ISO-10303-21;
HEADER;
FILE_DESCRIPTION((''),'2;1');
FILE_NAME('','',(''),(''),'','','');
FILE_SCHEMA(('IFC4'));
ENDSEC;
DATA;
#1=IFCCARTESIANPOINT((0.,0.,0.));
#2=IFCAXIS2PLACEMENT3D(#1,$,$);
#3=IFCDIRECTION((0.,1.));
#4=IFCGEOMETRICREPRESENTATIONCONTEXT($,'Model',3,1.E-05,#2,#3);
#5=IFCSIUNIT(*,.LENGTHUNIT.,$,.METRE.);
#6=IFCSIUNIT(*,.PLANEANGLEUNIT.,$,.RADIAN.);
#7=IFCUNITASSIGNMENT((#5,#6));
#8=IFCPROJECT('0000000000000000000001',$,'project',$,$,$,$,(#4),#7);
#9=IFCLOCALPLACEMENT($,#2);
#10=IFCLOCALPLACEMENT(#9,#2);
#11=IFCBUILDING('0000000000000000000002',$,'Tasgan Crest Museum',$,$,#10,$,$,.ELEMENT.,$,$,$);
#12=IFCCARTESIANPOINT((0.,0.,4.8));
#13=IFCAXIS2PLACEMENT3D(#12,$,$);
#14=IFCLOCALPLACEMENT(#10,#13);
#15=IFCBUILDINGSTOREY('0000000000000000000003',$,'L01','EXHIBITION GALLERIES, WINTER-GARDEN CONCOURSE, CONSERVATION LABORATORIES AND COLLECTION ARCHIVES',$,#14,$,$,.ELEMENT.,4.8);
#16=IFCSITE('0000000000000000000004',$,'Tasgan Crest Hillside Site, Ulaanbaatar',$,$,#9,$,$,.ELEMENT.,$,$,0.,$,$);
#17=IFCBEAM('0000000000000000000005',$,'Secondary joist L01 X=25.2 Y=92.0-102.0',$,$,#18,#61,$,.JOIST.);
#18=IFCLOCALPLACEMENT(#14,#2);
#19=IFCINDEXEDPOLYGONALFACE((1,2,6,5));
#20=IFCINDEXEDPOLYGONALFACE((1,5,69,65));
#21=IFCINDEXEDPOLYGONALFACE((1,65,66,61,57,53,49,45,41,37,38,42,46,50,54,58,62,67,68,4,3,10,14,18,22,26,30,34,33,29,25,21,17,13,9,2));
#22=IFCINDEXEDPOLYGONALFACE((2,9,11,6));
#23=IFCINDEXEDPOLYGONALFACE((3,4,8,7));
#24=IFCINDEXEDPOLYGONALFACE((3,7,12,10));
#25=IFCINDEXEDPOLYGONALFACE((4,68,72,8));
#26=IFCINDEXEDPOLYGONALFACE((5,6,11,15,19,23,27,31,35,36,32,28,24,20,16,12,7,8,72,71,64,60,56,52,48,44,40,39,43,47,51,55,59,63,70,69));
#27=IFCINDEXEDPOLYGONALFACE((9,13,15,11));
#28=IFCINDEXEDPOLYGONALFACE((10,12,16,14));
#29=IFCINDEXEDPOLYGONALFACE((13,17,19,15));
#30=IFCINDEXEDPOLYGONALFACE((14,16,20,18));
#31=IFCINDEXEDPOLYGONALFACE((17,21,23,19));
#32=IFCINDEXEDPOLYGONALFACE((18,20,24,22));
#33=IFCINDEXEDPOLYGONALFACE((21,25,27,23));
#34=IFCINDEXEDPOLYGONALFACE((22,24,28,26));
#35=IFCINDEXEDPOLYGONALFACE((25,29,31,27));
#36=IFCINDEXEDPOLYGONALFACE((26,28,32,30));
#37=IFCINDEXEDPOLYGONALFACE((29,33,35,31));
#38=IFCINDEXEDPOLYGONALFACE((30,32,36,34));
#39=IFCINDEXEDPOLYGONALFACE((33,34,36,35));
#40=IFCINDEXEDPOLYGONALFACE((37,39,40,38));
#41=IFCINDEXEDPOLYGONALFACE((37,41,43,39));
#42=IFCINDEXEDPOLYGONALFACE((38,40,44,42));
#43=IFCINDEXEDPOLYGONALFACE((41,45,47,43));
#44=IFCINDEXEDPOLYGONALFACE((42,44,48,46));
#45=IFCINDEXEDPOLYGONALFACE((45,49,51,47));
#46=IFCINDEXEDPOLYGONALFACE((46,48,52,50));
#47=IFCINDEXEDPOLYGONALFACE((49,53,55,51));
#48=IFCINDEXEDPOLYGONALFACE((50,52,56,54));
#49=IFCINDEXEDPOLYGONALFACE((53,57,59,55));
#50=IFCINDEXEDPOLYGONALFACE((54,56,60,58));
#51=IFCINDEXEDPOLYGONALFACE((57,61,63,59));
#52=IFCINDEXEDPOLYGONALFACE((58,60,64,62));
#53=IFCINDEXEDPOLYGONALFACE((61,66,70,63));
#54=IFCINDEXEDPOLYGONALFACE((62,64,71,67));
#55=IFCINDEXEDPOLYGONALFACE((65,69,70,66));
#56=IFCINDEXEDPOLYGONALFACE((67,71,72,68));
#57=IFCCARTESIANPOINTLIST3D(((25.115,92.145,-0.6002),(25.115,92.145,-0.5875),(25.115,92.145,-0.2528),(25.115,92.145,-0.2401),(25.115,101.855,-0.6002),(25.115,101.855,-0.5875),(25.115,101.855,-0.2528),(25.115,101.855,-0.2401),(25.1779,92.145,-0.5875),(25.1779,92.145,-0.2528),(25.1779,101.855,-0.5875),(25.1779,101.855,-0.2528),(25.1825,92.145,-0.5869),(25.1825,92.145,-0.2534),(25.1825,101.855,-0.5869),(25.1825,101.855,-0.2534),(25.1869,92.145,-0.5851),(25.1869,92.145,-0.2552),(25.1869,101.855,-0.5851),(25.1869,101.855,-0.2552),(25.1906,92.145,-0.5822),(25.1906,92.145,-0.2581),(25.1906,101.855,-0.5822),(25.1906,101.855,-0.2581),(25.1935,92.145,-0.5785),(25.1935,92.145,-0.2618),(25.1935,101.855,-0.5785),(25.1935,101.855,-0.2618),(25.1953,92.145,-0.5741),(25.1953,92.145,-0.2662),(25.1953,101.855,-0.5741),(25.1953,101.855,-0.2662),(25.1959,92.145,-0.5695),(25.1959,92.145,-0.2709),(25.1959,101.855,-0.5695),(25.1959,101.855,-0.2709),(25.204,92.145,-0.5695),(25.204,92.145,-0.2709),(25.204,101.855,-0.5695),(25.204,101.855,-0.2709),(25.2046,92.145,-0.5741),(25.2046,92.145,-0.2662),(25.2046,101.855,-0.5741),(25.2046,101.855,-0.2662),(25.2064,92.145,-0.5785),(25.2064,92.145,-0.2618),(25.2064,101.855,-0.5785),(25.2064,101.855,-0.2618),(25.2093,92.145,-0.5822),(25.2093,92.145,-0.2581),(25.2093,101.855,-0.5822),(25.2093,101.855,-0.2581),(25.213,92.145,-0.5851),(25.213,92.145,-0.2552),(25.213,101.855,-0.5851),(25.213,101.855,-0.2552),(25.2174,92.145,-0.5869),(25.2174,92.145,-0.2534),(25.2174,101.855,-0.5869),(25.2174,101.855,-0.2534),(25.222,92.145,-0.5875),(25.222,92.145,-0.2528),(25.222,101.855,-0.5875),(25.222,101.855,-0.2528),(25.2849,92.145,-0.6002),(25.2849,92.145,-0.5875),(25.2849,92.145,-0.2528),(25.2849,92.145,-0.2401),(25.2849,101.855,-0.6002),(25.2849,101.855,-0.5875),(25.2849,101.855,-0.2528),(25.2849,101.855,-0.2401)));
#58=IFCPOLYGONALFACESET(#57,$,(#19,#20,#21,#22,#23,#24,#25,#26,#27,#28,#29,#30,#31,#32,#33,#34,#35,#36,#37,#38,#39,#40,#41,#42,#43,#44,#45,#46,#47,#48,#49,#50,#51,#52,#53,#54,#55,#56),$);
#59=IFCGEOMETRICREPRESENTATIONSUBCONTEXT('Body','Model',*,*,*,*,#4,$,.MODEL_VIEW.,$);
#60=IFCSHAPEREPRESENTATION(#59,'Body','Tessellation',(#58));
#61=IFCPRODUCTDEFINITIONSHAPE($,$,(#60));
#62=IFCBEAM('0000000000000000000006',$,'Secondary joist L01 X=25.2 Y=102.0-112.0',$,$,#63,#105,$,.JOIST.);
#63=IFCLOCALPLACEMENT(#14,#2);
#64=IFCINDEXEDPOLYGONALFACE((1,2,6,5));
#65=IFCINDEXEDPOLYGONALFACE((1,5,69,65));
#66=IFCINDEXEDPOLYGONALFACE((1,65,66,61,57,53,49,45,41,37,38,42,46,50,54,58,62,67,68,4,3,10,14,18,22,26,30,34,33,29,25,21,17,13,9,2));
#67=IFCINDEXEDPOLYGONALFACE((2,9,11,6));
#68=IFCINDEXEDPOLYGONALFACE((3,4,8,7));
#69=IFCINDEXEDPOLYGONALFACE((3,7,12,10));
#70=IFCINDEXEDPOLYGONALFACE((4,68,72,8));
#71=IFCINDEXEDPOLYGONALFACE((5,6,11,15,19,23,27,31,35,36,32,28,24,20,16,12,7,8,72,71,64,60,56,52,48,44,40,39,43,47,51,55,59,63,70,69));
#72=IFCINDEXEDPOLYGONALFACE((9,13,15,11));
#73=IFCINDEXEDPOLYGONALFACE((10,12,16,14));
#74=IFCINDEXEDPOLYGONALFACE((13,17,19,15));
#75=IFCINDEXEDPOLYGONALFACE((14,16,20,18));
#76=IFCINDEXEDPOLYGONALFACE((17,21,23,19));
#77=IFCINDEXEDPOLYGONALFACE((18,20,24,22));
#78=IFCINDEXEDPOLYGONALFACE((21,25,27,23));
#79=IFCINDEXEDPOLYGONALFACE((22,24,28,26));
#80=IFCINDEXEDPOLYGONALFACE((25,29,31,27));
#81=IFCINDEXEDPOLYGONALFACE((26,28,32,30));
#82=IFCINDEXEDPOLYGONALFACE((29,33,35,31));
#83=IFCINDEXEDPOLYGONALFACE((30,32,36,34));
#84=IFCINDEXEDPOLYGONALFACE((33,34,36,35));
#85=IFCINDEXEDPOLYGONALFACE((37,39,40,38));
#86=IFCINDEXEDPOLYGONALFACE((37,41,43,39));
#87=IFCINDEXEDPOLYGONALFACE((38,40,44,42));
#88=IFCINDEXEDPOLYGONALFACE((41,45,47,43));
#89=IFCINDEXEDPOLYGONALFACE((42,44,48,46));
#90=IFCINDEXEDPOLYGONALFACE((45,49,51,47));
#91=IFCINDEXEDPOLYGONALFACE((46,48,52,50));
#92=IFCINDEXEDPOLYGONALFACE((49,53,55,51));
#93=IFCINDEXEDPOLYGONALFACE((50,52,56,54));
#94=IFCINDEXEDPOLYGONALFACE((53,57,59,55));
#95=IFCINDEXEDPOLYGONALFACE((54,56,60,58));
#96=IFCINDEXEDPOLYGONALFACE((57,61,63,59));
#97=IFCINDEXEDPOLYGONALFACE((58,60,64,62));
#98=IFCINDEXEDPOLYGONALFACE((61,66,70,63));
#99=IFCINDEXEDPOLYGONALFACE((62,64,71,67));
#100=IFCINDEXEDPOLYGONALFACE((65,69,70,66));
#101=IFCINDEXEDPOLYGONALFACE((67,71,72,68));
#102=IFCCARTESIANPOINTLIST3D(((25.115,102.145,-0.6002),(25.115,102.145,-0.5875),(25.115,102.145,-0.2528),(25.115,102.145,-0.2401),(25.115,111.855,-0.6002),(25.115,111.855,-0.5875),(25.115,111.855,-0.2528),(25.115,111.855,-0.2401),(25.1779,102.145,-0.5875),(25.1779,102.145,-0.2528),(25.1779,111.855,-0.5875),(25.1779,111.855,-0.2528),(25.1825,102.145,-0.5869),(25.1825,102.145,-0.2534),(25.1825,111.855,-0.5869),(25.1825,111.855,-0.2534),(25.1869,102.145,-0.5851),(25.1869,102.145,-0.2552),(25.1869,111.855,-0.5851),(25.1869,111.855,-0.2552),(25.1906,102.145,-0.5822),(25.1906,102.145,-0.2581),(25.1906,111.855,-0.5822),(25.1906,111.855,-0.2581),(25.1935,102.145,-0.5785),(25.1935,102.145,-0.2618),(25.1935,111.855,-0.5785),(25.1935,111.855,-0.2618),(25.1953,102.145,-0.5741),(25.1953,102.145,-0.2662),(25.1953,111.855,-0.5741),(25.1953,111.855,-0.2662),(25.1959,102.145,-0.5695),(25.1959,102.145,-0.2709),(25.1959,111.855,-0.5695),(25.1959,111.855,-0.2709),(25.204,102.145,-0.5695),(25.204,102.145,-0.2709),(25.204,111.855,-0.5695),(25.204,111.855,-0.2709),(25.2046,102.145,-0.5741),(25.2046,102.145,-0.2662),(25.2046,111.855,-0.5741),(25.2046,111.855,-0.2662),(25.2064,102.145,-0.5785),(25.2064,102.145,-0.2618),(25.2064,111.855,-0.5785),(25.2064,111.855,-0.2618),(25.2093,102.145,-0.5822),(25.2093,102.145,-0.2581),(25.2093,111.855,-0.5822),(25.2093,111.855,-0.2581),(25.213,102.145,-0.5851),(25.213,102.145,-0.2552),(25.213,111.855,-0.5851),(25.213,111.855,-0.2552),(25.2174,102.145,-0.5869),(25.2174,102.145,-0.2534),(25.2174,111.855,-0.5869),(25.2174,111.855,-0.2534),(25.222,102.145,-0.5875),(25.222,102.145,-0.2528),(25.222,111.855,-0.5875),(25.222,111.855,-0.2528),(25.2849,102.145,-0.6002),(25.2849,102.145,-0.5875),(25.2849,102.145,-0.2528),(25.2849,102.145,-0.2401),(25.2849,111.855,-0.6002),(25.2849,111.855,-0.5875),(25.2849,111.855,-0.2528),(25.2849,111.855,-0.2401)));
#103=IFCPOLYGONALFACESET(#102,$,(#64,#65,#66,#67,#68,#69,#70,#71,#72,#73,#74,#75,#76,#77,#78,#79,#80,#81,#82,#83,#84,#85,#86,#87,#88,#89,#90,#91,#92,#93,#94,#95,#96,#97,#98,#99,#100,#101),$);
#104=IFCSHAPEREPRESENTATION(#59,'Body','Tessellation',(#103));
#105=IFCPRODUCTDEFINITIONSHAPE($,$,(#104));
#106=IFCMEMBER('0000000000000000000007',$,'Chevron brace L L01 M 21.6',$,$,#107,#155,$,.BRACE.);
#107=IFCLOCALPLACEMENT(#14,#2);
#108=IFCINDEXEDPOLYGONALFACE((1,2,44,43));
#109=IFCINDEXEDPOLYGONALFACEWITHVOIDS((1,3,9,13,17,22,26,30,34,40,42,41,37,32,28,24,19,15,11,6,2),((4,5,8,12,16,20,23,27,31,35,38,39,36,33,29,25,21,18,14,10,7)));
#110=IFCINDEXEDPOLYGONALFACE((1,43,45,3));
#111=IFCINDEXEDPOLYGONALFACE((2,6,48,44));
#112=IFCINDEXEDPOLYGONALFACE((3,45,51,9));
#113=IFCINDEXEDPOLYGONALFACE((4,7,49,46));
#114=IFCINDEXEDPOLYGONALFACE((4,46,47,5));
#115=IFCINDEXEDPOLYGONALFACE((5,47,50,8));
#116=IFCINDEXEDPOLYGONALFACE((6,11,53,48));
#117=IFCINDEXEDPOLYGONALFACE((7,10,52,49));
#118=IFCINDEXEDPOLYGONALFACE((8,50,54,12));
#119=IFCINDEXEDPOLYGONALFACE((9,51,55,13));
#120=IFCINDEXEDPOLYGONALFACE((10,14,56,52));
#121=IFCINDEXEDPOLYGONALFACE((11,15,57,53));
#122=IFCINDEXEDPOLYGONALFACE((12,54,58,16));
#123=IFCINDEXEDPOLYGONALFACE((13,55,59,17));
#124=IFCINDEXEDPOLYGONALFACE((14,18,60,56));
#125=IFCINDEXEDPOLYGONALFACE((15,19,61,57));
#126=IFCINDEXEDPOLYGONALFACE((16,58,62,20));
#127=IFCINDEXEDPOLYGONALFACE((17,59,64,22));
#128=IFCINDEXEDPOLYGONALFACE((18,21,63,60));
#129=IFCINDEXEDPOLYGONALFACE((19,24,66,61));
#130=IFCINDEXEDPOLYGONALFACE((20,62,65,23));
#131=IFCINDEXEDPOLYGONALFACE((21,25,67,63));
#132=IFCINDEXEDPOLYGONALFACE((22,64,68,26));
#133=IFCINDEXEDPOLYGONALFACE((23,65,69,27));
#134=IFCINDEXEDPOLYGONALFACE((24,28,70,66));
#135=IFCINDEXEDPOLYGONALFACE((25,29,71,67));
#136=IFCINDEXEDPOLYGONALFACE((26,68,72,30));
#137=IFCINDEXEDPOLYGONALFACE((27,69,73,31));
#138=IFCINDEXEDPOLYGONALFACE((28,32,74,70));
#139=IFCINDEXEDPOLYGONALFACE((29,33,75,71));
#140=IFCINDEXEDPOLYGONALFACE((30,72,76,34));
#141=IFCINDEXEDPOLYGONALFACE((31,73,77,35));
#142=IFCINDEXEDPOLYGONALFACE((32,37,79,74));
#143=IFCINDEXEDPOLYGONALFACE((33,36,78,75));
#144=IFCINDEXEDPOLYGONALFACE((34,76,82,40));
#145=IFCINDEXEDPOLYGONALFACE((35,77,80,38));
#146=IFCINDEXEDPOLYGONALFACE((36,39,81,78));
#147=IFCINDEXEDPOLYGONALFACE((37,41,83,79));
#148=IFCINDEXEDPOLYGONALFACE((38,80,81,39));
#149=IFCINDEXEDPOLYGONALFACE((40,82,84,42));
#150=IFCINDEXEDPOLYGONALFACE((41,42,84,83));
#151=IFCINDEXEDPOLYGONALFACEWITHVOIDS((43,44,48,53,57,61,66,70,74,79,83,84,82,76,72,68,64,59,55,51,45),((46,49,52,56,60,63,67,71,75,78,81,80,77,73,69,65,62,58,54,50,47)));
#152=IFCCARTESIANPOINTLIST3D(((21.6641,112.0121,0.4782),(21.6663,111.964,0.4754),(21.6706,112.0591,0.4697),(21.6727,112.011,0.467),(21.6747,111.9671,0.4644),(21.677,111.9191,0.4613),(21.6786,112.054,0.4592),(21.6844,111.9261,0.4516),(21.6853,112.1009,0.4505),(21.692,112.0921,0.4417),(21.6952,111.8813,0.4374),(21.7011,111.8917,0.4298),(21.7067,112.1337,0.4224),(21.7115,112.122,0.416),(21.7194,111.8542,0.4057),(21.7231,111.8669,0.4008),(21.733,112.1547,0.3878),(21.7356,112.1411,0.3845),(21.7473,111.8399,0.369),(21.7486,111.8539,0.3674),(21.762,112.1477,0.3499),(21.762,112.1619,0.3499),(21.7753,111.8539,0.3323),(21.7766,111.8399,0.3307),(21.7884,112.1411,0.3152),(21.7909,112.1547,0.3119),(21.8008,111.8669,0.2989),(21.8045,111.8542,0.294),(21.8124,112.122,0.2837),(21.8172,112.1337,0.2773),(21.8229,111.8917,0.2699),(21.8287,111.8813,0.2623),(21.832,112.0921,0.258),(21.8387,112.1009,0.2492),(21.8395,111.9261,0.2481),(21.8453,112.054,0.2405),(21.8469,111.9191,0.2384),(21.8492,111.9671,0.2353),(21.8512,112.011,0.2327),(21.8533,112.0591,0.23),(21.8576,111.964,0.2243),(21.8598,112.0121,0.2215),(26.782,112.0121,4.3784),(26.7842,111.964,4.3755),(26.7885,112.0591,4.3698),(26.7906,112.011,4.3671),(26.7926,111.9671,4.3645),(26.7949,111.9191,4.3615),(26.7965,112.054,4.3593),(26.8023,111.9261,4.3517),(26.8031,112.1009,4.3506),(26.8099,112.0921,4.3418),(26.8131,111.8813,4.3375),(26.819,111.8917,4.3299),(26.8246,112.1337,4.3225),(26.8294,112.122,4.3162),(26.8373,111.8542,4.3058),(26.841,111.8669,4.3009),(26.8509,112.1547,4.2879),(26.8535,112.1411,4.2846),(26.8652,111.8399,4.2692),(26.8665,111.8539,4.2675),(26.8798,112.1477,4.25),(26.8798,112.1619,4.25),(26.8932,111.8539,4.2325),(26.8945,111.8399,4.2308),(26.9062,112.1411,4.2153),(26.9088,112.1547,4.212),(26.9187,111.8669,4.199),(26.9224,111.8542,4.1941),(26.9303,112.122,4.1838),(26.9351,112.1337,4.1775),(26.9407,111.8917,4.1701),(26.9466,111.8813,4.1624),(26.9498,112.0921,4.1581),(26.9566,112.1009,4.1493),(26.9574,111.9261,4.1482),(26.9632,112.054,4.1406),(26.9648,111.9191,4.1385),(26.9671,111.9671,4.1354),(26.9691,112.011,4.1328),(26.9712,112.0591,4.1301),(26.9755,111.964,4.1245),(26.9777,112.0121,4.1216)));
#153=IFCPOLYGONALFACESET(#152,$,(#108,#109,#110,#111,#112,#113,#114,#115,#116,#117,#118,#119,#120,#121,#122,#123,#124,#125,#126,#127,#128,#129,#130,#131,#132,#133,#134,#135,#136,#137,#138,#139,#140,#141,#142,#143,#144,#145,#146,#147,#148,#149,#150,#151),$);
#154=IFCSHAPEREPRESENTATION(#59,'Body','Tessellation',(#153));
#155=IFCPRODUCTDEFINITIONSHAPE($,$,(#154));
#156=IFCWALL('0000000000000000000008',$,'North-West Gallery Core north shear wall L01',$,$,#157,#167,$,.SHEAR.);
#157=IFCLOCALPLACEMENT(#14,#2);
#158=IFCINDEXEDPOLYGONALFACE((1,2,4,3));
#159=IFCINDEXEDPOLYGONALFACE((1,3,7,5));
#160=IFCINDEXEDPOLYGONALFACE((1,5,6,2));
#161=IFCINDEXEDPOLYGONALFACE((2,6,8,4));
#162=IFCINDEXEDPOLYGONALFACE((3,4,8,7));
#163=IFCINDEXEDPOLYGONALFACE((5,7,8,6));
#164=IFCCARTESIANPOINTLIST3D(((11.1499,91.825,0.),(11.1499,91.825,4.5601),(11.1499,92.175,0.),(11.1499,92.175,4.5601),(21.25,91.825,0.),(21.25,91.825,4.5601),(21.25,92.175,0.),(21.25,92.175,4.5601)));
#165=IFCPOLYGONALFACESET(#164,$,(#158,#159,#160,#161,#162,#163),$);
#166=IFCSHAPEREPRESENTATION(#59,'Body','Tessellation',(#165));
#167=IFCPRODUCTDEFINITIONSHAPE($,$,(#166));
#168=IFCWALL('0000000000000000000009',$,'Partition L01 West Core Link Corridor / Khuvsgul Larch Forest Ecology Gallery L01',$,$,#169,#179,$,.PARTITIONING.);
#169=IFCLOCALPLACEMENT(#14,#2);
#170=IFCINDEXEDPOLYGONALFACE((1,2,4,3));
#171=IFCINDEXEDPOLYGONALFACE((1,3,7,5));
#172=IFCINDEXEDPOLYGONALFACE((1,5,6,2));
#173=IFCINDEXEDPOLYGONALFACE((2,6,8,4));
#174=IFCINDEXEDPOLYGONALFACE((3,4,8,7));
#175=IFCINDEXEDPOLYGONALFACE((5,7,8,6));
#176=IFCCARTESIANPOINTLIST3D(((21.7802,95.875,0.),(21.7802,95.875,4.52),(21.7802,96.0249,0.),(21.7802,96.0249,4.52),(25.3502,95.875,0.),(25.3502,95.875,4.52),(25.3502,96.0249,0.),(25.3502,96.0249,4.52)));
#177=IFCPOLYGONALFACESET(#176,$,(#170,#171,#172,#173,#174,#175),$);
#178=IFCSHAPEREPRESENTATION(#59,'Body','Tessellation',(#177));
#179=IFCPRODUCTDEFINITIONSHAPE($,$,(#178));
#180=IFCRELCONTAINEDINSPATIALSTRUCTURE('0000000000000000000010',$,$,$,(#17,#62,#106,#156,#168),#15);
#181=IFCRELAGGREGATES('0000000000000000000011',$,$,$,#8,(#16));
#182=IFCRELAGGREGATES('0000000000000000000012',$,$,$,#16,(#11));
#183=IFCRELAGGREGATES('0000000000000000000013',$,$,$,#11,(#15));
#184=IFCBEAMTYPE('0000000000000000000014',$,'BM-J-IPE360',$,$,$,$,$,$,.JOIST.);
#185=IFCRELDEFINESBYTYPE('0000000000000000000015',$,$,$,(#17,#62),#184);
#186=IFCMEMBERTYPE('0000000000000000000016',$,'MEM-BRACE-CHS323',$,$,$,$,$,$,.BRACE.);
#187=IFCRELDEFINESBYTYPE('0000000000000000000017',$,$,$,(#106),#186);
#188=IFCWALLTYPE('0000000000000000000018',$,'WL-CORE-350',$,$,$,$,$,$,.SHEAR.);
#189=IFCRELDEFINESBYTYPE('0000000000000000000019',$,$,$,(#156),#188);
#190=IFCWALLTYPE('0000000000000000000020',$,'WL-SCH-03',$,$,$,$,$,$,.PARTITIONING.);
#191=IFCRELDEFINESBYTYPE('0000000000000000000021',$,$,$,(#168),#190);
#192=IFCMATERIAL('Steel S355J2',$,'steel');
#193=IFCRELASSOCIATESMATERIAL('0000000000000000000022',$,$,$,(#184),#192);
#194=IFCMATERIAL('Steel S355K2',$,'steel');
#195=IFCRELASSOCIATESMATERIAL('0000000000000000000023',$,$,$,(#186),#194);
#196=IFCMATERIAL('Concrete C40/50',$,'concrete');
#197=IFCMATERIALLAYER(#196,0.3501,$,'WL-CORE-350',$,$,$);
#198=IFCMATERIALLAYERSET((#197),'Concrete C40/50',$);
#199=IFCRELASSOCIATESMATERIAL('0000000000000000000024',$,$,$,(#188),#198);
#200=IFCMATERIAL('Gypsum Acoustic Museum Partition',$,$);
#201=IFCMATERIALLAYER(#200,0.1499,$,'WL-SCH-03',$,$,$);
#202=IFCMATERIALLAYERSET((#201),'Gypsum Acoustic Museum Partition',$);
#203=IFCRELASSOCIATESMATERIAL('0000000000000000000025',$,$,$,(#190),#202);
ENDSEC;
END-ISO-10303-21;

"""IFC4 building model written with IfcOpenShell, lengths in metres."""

from ifc_helpers import new_model, si_unit, direction, frame, frame_2d, origin, origin_2d, place, context, subcontext, project, spatial, rectangle, hollow_circle, i_section, extrude, material, layer, layer_set, material_profile, profile_set, type_object, element, save


model = new_model("IFC4")

# Units and contexts
model_context = context("Model", 3, precision=1e-05, world=origin(), true_north=direction((0.0, 1.0)))
body_context = subcontext(model_context, "Body", "Model", "MODEL_VIEW")
ifc_project = project(units=[si_unit("LENGTHUNIT", "METRE"), si_unit("PLANEANGLEUNIT", "RADIAN")], contexts=[model_context])

# Site, building, storey
site_placement = place(None, origin())
site = spatial("IfcSite", under=ifc_project, at=site_placement, Name="Tasgan Crest Hillside Site, Ulaanbaatar", CompositionType="ELEMENT", RefElevation=0.0)
building_placement = place(site_placement, origin())
building = spatial("IfcBuilding", under=site, at=building_placement, Name="Tasgan Crest Museum", CompositionType="ELEMENT")
storey_placement = place(building_placement, frame((0.0, 0.0, 4.8)))
storey = spatial("IfcBuildingStorey", under=building, at=storey_placement, Name="L01", Description="EXHIBITION GALLERIES, WINTER-GARDEN CONCOURSE, CONSERVATION LABORATORIES AND COLLECTION ARCHIVES", CompositionType="ELEMENT", Elevation=4.8)

# Beams
ifc_material_1 = material(Name="Steel S355J2", Category="steel")
ifc_material_profile_1 = material_profile(ifc_material_1, i_section(OverallWidth=0.1699, OverallDepth=0.3601, WebThickness=0.0081, FlangeThickness=0.0127, FilletRadius=0.0181, at=origin_2d()), Name="IPE 360")
ifc_profile_set_1 = profile_set([ifc_material_profile_1], Name="Steel S355J2")
beam_type_1 = type_object("IfcBeamType", Name="BM-J-IPE360", PredefinedType="JOIST", material=ifc_profile_set_1)
for number, where, z_axis, x_axis, name in (
    (1, (25.2, 92.145, -0.4202), (0.0, 1.0, 0.0), (-1.0, 0.0, 0.0), "Secondary joist L01 X=25.2 Y=92.0-102.0"),
    (2, (25.2, 102.145, -0.4202), (0.0, 1.0, 0.0), (-1.0, 0.0, 0.0), "Secondary joist L01 X=25.2 Y=102.0-112.0"),
):
    element("IfcBeam", number, at=place(storey_placement, frame(where, z_axis=z_axis, x_axis=x_axis)), inside=storey, type_object=beam_type_1, Name=name, PredefinedType="JOIST", context=body_context, shape_type="SweptSolid", body=[
        extrude(i_section(OverallWidth=0.1699, OverallDepth=0.3601, WebThickness=0.0081, FlangeThickness=0.0127, FilletRadius=0.0181, at=origin_2d()), origin(), (0.0, 0.0, 1.0), 9.71),
    ])

# Member
ifc_material_2 = material(Name="Steel S355K2", Category="steel")
ifc_material_profile_2 = material_profile(ifc_material_2, hollow_circle(Radius=0.1619, WallThickness=0.0142, at=origin_2d()), Name="CHS 323.9x14.2")
ifc_profile_set_2 = profile_set([ifc_material_profile_2], Name="Steel S355K2")
member_type = type_object("IfcMemberType", Name="MEM-BRACE-CHS323", PredefinedType="BRACE", material=ifc_profile_set_2)
member_placement = place(storey_placement, frame((21.762, 112.0, 0.3499), z_axis=(0.795373, 0.0, 0.60612), x_axis=(0.0, 1.0, 0.0)))
element("IfcMember", 3, at=member_placement, inside=storey, type_object=member_type, Name="Chevron brace L L01 M 21.6", PredefinedType="BRACE", context=body_context, shape_type="SweptSolid", body=[
    extrude(hollow_circle(Radius=0.1619, WallThickness=0.0142, at=origin_2d()), origin(), (0.0, 0.0, 1.0), 6.4346),
])

# Walls
ifc_material_3 = material(Name="Concrete C40/50", Category="concrete")
ifc_layer_1 = layer(ifc_material_3, 0.3501, Name="WL-CORE-350")
ifc_layer_set_1 = layer_set([ifc_layer_1], Name="Concrete C40/50")
wall_type_1 = type_object("IfcWallType", Name="WL-CORE-350", PredefinedType="SHEAR", material=ifc_layer_set_1)
wall_1_placement = place(storey_placement, frame((11.1499, 92.0, 0.0), z_axis=(0.0, 0.0, 1.0), x_axis=(1.0, 0.0, 0.0)))
element("IfcWall", 4, at=wall_1_placement, inside=storey, type_object=wall_type_1, Name="North-West Gallery Core north shear wall L01", PredefinedType="SHEAR", context=body_context, shape_type="SweptSolid", body=[
    extrude(rectangle(XDim=10.1001, YDim=0.3501, at=frame_2d((5.05, 0.0))), origin(), (0.0, 0.0, 1.0), 4.5601),
])
ifc_material_4 = material(Name="Gypsum Acoustic Museum Partition")
ifc_layer_2 = layer(ifc_material_4, 0.1499, Name="WL-SCH-03")
ifc_layer_set_2 = layer_set([ifc_layer_2], Name="Gypsum Acoustic Museum Partition")
wall_type_2 = type_object("IfcWallType", Name="WL-SCH-03", PredefinedType="PARTITIONING", material=ifc_layer_set_2)
wall_2_placement = place(storey_placement, frame((21.78, 95.95, 0.0), z_axis=(0.0, 0.0, 1.0), x_axis=(1.0, 0.0, 0.0)))
element("IfcWall", 5, at=wall_2_placement, inside=storey, type_object=wall_type_2, Name="Partition L01 West Core Link Corridor / Khuvsgul Larch Forest Ecology Gallery L01", PredefinedType="PARTITIONING", context=body_context, shape_type="SweptSolid", body=[
    extrude(rectangle(XDim=3.5701, YDim=0.1499, at=frame_2d((1.7852, 0.0))), origin(), (0.0, 0.0, 1.0), 4.52),
])

save(model, "model.ifc")
